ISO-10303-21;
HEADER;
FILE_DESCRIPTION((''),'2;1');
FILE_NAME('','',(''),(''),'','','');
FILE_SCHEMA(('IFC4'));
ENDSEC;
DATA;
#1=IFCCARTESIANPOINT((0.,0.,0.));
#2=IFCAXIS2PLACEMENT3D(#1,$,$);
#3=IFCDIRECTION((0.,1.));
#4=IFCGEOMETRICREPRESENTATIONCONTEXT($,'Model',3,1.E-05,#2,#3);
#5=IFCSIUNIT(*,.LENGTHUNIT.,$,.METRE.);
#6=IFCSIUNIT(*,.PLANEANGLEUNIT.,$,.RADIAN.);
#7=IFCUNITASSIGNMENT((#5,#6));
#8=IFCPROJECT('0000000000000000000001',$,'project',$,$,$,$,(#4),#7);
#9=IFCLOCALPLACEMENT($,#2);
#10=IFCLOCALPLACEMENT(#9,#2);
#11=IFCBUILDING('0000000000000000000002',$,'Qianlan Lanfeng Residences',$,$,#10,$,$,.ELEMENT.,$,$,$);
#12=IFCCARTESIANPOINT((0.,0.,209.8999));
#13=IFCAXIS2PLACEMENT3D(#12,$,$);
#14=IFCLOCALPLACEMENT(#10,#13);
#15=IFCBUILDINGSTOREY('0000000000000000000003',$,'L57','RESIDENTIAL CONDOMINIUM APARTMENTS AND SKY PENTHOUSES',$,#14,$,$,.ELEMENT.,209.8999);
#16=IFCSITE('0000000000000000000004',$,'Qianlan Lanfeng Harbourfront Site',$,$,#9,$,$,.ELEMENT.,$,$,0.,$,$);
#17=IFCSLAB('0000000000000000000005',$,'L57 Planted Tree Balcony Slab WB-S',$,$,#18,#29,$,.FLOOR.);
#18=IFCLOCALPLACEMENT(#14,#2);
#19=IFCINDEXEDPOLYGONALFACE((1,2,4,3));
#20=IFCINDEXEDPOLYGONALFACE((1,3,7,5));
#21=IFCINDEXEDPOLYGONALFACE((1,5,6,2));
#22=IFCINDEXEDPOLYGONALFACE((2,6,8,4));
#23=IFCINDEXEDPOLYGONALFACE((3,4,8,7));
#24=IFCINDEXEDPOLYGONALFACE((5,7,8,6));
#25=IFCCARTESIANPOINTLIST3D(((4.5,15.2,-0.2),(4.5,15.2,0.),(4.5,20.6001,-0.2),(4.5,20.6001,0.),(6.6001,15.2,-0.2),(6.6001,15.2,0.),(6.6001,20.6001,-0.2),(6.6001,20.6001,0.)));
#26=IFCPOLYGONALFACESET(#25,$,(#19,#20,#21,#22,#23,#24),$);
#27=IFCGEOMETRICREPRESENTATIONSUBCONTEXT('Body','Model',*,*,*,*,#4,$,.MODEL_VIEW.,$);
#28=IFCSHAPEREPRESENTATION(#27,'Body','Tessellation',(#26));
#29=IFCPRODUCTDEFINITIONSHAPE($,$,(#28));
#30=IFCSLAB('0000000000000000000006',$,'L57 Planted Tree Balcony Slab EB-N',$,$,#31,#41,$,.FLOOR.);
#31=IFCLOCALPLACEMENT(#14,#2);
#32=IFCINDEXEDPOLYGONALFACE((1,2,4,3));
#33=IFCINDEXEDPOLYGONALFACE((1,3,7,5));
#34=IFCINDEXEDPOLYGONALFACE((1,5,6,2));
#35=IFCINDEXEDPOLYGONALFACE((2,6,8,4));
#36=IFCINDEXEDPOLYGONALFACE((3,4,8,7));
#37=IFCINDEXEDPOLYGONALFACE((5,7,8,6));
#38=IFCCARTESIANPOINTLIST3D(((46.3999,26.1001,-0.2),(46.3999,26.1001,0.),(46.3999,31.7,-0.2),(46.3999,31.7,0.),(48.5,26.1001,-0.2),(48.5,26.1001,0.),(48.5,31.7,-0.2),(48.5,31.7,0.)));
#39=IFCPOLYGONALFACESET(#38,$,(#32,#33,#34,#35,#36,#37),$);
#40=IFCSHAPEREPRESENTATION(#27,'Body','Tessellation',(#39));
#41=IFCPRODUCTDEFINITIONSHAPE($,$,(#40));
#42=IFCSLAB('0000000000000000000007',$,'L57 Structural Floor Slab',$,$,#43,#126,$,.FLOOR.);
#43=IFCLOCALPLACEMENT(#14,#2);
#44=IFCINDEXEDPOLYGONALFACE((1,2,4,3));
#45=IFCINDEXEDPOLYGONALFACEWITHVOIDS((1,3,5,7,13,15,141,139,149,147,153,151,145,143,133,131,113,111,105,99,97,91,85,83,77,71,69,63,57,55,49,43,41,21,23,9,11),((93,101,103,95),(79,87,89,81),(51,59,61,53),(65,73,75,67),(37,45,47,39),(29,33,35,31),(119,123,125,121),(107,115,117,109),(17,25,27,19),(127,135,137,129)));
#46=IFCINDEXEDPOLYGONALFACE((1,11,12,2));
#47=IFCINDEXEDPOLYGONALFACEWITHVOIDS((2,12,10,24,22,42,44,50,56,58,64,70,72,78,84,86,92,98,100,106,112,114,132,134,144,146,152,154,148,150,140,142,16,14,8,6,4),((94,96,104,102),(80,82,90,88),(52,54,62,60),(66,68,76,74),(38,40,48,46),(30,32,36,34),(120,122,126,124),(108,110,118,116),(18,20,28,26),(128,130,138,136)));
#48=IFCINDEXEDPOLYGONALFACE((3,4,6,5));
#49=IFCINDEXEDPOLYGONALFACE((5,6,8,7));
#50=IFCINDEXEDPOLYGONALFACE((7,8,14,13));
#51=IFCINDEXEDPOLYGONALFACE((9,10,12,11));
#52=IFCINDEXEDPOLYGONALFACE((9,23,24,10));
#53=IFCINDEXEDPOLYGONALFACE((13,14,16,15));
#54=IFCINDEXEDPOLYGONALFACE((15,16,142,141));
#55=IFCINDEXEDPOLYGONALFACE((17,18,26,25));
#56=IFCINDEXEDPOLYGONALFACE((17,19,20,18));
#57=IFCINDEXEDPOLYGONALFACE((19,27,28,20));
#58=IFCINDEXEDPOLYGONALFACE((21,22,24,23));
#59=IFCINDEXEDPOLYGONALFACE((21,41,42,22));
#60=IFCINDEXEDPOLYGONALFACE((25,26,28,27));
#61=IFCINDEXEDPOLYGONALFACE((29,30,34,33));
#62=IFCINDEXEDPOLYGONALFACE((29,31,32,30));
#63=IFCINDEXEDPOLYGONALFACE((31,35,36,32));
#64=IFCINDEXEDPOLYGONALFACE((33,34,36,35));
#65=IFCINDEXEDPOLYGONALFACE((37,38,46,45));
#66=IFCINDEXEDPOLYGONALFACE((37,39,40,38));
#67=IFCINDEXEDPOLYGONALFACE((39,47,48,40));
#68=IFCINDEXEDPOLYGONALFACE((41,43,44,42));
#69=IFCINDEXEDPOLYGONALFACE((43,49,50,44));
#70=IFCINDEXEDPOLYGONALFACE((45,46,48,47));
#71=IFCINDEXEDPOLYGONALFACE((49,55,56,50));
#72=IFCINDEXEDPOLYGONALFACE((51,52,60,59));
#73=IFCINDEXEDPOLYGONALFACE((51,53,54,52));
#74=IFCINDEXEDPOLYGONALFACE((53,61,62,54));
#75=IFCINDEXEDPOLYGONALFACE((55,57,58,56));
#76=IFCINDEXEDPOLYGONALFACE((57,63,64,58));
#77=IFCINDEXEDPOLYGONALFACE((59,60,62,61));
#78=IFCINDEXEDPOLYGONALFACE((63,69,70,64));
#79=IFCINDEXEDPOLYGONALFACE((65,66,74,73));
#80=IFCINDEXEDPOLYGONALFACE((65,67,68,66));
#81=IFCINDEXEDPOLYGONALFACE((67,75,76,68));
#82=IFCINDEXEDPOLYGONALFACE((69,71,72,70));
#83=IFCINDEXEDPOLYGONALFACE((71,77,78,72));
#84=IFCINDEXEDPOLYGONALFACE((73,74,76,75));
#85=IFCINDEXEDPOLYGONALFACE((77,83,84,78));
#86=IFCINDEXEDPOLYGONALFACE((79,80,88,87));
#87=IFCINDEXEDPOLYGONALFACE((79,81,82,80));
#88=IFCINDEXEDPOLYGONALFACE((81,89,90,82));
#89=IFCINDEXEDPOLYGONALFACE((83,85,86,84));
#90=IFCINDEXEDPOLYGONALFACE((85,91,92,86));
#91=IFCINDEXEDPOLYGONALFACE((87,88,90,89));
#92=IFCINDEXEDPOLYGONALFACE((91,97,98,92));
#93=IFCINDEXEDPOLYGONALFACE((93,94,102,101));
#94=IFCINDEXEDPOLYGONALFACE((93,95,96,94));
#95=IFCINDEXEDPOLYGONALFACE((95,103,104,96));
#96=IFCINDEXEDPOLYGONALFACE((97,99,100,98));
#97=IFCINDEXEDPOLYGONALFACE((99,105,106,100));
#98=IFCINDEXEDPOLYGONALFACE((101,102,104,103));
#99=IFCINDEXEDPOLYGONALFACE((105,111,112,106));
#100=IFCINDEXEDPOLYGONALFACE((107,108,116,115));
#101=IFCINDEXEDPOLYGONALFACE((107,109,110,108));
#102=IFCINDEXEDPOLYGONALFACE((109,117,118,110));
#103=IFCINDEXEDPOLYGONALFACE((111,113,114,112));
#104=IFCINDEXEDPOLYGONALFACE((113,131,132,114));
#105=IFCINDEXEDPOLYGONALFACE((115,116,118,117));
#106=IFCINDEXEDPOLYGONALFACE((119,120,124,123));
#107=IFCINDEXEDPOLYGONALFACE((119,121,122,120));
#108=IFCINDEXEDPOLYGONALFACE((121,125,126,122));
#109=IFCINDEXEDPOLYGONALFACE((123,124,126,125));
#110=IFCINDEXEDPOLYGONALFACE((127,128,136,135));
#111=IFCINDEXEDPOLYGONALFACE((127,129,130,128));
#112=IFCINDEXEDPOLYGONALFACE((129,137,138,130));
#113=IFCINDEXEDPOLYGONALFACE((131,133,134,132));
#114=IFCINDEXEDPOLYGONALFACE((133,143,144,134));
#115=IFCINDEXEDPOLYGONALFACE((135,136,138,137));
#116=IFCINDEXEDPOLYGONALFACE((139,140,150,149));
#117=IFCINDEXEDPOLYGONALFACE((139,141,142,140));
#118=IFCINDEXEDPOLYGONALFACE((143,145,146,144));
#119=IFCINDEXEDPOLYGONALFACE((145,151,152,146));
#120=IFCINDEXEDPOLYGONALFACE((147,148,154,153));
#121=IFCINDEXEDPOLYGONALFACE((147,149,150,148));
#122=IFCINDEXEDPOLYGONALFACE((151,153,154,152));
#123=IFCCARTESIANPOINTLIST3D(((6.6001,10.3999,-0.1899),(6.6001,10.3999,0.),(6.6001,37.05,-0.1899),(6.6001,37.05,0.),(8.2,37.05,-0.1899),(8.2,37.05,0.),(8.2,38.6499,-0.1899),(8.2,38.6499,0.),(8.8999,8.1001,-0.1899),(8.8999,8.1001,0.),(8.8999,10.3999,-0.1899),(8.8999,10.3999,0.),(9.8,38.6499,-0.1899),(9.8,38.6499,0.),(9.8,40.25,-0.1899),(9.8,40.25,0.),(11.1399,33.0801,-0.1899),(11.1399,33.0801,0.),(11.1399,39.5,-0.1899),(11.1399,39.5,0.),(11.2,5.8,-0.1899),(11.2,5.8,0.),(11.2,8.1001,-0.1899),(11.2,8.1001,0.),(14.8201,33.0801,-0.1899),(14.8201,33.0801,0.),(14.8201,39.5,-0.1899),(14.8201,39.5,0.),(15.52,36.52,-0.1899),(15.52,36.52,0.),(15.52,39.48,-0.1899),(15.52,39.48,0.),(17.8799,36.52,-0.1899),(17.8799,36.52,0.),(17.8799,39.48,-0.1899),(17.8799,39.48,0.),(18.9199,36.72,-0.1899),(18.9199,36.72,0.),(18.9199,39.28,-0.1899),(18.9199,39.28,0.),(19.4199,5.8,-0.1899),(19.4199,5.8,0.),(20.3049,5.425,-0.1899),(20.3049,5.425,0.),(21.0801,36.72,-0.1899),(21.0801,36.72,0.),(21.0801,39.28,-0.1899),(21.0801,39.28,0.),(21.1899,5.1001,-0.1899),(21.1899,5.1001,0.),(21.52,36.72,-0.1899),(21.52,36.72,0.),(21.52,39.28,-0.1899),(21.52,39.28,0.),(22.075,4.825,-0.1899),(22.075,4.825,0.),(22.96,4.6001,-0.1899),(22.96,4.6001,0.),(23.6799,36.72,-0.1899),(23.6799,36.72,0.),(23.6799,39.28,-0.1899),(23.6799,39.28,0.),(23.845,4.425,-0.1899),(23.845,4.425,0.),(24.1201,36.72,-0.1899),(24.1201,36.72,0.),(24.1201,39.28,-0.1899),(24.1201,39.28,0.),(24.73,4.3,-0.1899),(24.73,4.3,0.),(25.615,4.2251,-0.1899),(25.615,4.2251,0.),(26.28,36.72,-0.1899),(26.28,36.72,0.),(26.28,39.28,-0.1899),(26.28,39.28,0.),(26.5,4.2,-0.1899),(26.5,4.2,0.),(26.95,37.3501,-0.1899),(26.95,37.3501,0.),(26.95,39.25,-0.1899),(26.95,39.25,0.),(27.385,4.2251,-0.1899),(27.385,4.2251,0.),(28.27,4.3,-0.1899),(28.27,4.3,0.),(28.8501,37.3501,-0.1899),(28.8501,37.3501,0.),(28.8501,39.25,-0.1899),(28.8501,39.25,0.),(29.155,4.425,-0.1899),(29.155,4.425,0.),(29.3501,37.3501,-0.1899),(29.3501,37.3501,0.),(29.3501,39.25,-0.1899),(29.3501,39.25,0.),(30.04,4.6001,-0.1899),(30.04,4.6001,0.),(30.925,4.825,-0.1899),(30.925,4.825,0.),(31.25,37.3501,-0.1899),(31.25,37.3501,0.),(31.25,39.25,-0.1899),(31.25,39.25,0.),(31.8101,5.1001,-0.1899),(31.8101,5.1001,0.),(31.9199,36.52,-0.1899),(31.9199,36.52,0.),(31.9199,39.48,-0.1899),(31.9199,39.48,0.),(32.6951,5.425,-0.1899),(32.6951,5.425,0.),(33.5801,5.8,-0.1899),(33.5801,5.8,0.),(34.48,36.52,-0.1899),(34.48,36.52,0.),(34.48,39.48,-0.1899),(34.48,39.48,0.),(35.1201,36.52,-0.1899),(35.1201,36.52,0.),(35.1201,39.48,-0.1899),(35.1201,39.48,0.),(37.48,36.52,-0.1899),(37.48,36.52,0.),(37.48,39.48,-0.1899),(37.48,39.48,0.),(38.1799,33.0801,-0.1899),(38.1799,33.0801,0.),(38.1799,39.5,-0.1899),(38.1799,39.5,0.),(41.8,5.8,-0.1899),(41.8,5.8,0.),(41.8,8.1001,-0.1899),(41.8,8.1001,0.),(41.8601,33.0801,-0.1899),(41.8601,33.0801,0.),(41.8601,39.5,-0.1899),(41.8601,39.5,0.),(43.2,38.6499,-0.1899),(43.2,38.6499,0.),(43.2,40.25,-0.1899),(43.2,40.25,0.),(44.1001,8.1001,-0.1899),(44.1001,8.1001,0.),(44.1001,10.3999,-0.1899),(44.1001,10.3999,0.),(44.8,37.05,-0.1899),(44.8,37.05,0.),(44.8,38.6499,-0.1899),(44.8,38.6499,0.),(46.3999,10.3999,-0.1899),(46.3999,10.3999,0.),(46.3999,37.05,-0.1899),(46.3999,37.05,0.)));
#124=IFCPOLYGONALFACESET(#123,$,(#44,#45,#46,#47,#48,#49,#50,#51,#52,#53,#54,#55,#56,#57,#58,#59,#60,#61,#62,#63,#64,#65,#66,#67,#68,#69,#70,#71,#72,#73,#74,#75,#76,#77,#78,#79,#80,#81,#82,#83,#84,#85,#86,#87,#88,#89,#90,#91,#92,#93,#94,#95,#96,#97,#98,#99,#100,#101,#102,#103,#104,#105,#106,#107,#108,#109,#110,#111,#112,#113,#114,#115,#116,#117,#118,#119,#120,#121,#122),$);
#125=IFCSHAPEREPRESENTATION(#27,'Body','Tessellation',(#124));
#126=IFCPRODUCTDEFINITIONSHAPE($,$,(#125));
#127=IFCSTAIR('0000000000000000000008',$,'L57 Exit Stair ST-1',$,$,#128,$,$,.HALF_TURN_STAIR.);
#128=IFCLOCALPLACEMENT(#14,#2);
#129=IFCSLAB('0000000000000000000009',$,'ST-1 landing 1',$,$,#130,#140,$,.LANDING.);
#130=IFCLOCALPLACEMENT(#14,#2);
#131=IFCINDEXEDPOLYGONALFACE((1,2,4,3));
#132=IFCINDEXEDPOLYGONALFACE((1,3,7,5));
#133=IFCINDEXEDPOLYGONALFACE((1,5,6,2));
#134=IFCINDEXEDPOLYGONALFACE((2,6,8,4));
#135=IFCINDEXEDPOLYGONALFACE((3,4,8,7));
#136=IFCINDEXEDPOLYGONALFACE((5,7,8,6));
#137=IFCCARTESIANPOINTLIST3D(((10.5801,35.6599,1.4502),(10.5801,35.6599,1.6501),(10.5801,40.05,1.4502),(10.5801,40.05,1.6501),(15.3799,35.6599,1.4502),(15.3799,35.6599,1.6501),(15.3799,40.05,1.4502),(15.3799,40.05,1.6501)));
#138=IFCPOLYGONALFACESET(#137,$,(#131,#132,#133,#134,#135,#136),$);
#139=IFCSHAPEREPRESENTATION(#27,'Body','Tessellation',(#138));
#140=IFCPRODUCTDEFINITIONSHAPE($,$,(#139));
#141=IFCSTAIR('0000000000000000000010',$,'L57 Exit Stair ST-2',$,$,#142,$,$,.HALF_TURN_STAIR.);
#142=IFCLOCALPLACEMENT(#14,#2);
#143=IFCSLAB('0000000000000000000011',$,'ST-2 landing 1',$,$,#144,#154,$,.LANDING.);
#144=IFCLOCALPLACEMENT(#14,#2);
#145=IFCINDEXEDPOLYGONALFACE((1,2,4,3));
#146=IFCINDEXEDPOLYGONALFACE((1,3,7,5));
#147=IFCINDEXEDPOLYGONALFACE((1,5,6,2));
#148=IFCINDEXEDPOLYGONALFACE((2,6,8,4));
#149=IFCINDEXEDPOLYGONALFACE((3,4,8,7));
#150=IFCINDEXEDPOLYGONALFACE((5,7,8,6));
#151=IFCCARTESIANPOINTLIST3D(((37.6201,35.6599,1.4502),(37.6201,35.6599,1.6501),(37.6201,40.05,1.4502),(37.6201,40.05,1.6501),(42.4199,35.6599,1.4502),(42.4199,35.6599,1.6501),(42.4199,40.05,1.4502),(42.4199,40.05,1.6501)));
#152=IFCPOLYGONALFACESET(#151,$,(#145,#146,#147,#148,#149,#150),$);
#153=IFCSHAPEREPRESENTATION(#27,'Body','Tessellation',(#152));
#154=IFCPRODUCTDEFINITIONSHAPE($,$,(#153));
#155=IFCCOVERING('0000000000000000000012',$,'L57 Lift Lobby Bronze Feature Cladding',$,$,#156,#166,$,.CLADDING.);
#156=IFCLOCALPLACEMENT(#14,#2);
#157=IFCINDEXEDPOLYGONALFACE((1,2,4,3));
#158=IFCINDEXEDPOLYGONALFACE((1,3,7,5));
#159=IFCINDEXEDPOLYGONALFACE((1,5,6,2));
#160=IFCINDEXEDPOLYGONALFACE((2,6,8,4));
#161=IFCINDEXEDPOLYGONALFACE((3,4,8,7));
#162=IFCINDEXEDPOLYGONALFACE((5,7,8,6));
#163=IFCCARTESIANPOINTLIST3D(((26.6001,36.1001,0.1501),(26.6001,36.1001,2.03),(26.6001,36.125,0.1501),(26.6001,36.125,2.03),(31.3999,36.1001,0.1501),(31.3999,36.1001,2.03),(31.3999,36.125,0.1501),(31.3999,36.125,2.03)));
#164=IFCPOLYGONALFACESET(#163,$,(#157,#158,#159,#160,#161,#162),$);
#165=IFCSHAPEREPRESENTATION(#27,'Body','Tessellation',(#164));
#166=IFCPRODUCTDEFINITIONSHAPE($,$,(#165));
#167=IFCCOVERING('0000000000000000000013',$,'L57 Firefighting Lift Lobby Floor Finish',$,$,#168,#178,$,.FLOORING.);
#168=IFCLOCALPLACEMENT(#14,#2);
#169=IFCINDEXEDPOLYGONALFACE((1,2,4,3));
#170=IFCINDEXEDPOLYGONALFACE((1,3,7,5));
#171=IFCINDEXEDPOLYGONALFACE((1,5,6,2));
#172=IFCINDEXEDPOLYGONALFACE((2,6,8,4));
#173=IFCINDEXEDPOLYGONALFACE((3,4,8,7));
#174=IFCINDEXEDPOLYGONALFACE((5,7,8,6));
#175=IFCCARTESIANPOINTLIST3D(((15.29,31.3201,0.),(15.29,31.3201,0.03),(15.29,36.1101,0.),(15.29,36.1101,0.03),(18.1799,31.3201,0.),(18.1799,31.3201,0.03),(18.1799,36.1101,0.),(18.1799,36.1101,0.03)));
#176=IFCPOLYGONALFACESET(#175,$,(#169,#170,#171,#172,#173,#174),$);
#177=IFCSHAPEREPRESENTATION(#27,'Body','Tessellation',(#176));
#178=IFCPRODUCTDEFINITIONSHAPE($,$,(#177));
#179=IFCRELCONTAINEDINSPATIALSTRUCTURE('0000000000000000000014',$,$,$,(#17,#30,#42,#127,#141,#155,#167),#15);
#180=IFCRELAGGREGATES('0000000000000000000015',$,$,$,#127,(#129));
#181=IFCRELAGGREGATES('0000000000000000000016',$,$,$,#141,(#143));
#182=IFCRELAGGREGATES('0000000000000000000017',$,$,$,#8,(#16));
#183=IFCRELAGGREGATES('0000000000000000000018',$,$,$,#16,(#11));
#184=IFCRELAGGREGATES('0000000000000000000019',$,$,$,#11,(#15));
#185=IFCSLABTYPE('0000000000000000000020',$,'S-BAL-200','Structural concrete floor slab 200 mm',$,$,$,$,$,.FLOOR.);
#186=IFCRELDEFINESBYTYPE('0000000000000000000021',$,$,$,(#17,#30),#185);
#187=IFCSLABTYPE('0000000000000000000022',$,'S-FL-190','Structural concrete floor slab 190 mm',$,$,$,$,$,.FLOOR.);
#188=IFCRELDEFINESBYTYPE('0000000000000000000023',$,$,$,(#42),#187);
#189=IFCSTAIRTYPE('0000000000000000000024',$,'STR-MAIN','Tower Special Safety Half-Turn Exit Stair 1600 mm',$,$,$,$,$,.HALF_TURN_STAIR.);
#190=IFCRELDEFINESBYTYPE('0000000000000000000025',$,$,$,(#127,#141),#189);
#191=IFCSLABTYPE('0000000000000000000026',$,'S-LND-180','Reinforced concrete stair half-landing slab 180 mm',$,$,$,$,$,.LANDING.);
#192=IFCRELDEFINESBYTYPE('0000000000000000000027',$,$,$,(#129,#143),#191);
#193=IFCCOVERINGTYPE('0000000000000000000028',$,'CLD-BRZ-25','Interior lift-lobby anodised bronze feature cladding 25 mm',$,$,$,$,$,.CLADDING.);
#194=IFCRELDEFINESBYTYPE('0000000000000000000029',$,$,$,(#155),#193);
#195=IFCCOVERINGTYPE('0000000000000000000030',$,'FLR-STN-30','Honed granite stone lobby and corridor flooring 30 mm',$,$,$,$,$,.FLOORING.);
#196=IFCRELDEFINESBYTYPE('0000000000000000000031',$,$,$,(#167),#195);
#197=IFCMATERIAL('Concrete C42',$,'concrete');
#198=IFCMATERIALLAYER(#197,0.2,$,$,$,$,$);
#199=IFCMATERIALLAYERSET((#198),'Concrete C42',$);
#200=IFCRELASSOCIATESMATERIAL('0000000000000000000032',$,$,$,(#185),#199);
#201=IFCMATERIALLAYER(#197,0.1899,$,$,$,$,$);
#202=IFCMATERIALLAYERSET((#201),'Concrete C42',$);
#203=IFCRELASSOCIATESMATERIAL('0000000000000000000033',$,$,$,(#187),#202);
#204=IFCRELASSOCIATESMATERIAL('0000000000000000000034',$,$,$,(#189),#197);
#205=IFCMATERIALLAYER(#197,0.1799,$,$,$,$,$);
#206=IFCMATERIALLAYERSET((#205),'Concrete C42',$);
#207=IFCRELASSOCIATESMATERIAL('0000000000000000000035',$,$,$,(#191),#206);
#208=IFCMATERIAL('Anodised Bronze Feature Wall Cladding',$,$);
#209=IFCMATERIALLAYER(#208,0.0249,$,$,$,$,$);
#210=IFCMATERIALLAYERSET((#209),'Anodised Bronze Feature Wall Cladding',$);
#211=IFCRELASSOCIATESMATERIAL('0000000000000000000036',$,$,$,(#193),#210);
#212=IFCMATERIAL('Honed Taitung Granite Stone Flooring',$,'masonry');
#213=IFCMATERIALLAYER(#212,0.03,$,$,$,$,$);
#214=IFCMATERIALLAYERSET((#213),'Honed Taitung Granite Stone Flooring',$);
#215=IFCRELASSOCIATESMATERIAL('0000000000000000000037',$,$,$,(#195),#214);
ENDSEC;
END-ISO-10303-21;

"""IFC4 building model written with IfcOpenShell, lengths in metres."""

from ifc_helpers import new_model, si_unit, direction, frame, origin, place, context, subcontext, project, spatial, polyline, outline, extrude, material, layer, layer_set, type_object, element, aggregate, save


model = new_model("IFC4")

# Units and contexts
model_context = context("Model", 3, precision=1e-05, world=origin(), true_north=direction((0.0, 1.0)))
body_context = subcontext(model_context, "Body", "Model", "MODEL_VIEW")
ifc_project = project(units=[si_unit("LENGTHUNIT", "METRE"), si_unit("PLANEANGLEUNIT", "RADIAN")], contexts=[model_context])

# Site, building, storey
site_placement = place(None, origin())
site = spatial("IfcSite", under=ifc_project, at=site_placement, Name="Qianlan Lanfeng Harbourfront Site", CompositionType="ELEMENT", RefElevation=0.0)
building_placement = place(site_placement, origin())
building = spatial("IfcBuilding", under=site, at=building_placement, Name="Qianlan Lanfeng Residences", CompositionType="ELEMENT")
storey_placement = place(building_placement, frame((0.0, 0.0, 209.8999)))
storey = spatial("IfcBuildingStorey", under=building, at=storey_placement, Name="L57", Description="RESIDENTIAL CONDOMINIUM APARTMENTS AND SKY PENTHOUSES", CompositionType="ELEMENT", Elevation=209.8999)

# Slabs
ifc_material_1 = material(Name="Concrete C42", Category="concrete")
ifc_layer_1 = layer(ifc_material_1, 0.2)
ifc_layer_set_1 = layer_set([ifc_layer_1], Name="Concrete C42")
slab_type_1 = type_object("IfcSlabType", Name="S-BAL-200", Description="Structural concrete floor slab 200 mm", PredefinedType="FLOOR", material=ifc_layer_set_1)
slab_1_placement = place(storey_placement, frame((0.0, 0.0, -0.2)))
element("IfcSlab", 1, at=slab_1_placement, inside=storey, type_object=slab_type_1, Name="L57 Planted Tree Balcony Slab WB-S", PredefinedType="FLOOR", context=body_context, shape_type="SweptSolid", body=[
    extrude(outline(polyline([(6.6001, 15.2), (6.6001, 20.6001), (4.5, 20.6001), (4.5, 15.2), (6.6001, 15.2)])), origin(), (0.0, 0.0, 1.0), 0.2),
])
slab_2_placement = place(storey_placement, frame((0.0, 0.0, -0.2)))
element("IfcSlab", 2, at=slab_2_placement, inside=storey, type_object=slab_type_1, Name="L57 Planted Tree Balcony Slab EB-N", PredefinedType="FLOOR", context=body_context, shape_type="SweptSolid", body=[
    extrude(outline(polyline([(46.3999, 31.7), (46.3999, 26.1001), (48.5, 26.1001), (48.5, 31.7), (46.3999, 31.7)])), origin(), (0.0, 0.0, 1.0), 0.2),
])
ifc_layer_2 = layer(ifc_material_1, 0.1899)
ifc_layer_set_2 = layer_set([ifc_layer_2], Name="Concrete C42")
slab_type_2 = type_object("IfcSlabType", Name="S-FL-190", Description="Structural concrete floor slab 190 mm", PredefinedType="FLOOR", material=ifc_layer_set_2)
slab_3_placement = place(storey_placement, frame((0.0, 0.0, -0.1899)))
element("IfcSlab", 3, at=slab_3_placement, inside=storey, type_object=slab_type_2, Name="L57 Structural Floor Slab", PredefinedType="FLOOR", context=body_context, shape_type="SweptSolid", body=[
    extrude(outline(polyline([(6.6001, 10.3999), (8.8999, 10.3999), (8.8999, 8.1001), (11.2, 8.1001), (11.2, 5.8), (19.4199, 5.8), (20.3049, 5.425), (21.1899, 5.1001), (22.075, 4.825), (22.96, 4.6001), (23.845, 4.425), (24.73, 4.3), (25.615, 4.2251), (26.5, 4.2), (27.385, 4.2251), (28.27, 4.3), (29.155, 4.425), (30.04, 4.6001), (30.925, 4.825), (31.8101, 5.1001), (32.6951, 5.425), (33.5801, 5.8), (41.8, 5.8), (41.8, 8.1001), (44.1001, 8.1001), (44.1001, 10.3999), (46.3999, 10.3999), (46.3999, 37.05), (44.8, 37.05), (44.8, 38.6499), (43.2, 38.6499), (43.2, 40.25), (9.8, 40.25), (9.8, 38.6499), (8.2, 38.6499), (8.2, 37.05), (6.6001, 37.05), (6.6001, 10.3999)]), holes=[polyline([(11.1399, 33.0801), (11.1399, 39.5), (14.8201, 39.5), (14.8201, 33.0801), (11.1399, 33.0801)]), polyline([(38.1799, 33.0801), (38.1799, 39.5), (41.8601, 39.5), (41.8601, 33.0801), (38.1799, 33.0801)]), polyline([(15.52, 36.52), (15.52, 39.48), (17.8799, 39.48), (17.8799, 36.52), (15.52, 36.52)]), polyline([(35.1201, 36.52), (35.1201, 39.48), (37.48, 39.48), (37.48, 36.52), (35.1201, 36.52)]), polyline([(31.9199, 36.52), (31.9199, 39.48), (34.48, 39.48), (34.48, 36.52), (31.9199, 36.52)]), polyline([(18.9199, 36.72), (18.9199, 39.28), (21.0801, 39.28), (21.0801, 36.72), (18.9199, 36.72)]), polyline([(21.52, 36.72), (21.52, 39.28), (23.6799, 39.28), (23.6799, 36.72), (21.52, 36.72)]), polyline([(24.1201, 36.72), (24.1201, 39.28), (26.28, 39.28), (26.28, 36.72), (24.1201, 36.72)]), polyline([(26.95, 37.3501), (26.95, 39.25), (28.8501, 39.25), (28.8501, 37.3501), (26.95, 37.3501)]), polyline([(29.3501, 37.3501), (29.3501, 39.25), (31.25, 39.25), (31.25, 37.3501), (29.3501, 37.3501)])]), origin(), (0.0, 0.0, 1.0), 0.1899),
])

# Stairs, slabs
stair_type = type_object("IfcStairType", Name="STR-MAIN", Description="Tower Special Safety Half-Turn Exit Stair 1600 mm", PredefinedType="HALF_TURN_STAIR", material=ifc_material_1)
stair_1_placement = place(storey_placement, origin())
stair_1 = element("IfcStair", 4, at=stair_1_placement, inside=storey, type_object=stair_type, Name="L57 Exit Stair ST-1", PredefinedType="HALF_TURN_STAIR")
ifc_layer_3 = layer(ifc_material_1, 0.1799)
ifc_layer_set_3 = layer_set([ifc_layer_3], Name="Concrete C42")
slab_type_3 = type_object("IfcSlabType", Name="S-LND-180", Description="Reinforced concrete stair half-landing slab 180 mm", PredefinedType="LANDING", material=ifc_layer_set_3)
slab_4_placement = place(storey_placement, frame((0.0, 0.0, 1.4502)))
slab_4 = element("IfcSlab", 5, at=slab_4_placement, type_object=slab_type_3, Name="ST-1 landing 1", PredefinedType="LANDING", context=body_context, shape_type="SweptSolid", body=[
    extrude(outline(polyline([(10.5801, 35.6599), (15.3799, 35.6599), (15.3799, 40.05), (10.5801, 40.05), (10.5801, 35.6599)])), origin(), (0.0, 0.0, 1.0), 0.2),
])
aggregate(stair_1, [slab_4])
stair_2_placement = place(storey_placement, origin())
stair_2 = element("IfcStair", 6, at=stair_2_placement, inside=storey, type_object=stair_type, Name="L57 Exit Stair ST-2", PredefinedType="HALF_TURN_STAIR")
slab_5_placement = place(storey_placement, frame((0.0, 0.0, 1.4502)))
slab_5 = element("IfcSlab", 7, at=slab_5_placement, type_object=slab_type_3, Name="ST-2 landing 1", PredefinedType="LANDING", context=body_context, shape_type="SweptSolid", body=[
    extrude(outline(polyline([(37.6201, 35.6599), (42.4199, 35.6599), (42.4199, 40.05), (37.6201, 40.05), (37.6201, 35.6599)])), origin(), (0.0, 0.0, 1.0), 0.2),
])
aggregate(stair_2, [slab_5])

# Coverings
ifc_material_2 = material(Name="Anodised Bronze Feature Wall Cladding")
ifc_layer_4 = layer(ifc_material_2, 0.0249)
ifc_layer_set_4 = layer_set([ifc_layer_4], Name="Anodised Bronze Feature Wall Cladding")
covering_type_1 = type_object("IfcCoveringType", Name="CLD-BRZ-25", Description="Interior lift-lobby anodised bronze feature cladding 25 mm", PredefinedType="CLADDING", material=ifc_layer_set_4)
covering_1_placement = place(storey_placement, frame((0.0, 0.0, 0.1501)))
element("IfcCovering", 8, at=covering_1_placement, inside=storey, type_object=covering_type_1, Name="L57 Lift Lobby Bronze Feature Cladding", PredefinedType="CLADDING", context=body_context, shape_type="SweptSolid", body=[
    extrude(outline(polyline([(26.6001, 36.1001), (31.3999, 36.1001), (31.3999, 36.125), (26.6001, 36.125), (26.6001, 36.1001)])), origin(), (0.0, 0.0, 1.0), 1.8799),
])
ifc_material_3 = material(Name="Honed Taitung Granite Stone Flooring", Category="masonry")
ifc_layer_5 = layer(ifc_material_3, 0.03)
ifc_layer_set_5 = layer_set([ifc_layer_5], Name="Honed Taitung Granite Stone Flooring")
covering_type_2 = type_object("IfcCoveringType", Name="FLR-STN-30", Description="Honed granite stone lobby and corridor flooring 30 mm", PredefinedType="FLOORING", material=ifc_layer_set_5)
covering_2_placement = place(storey_placement, origin())
element("IfcCovering", 9, at=covering_2_placement, inside=storey, type_object=covering_type_2, Name="L57 Firefighting Lift Lobby Floor Finish", PredefinedType="FLOORING", context=body_context, shape_type="SweptSolid", body=[
    extrude(outline(polyline([(15.29, 31.3201), (18.1799, 31.3201), (18.1799, 36.1101), (15.29, 36.1101), (15.29, 31.3201)])), origin(), (0.0, 0.0, 1.0), 0.03),
])

save(model, "model.ifc")
